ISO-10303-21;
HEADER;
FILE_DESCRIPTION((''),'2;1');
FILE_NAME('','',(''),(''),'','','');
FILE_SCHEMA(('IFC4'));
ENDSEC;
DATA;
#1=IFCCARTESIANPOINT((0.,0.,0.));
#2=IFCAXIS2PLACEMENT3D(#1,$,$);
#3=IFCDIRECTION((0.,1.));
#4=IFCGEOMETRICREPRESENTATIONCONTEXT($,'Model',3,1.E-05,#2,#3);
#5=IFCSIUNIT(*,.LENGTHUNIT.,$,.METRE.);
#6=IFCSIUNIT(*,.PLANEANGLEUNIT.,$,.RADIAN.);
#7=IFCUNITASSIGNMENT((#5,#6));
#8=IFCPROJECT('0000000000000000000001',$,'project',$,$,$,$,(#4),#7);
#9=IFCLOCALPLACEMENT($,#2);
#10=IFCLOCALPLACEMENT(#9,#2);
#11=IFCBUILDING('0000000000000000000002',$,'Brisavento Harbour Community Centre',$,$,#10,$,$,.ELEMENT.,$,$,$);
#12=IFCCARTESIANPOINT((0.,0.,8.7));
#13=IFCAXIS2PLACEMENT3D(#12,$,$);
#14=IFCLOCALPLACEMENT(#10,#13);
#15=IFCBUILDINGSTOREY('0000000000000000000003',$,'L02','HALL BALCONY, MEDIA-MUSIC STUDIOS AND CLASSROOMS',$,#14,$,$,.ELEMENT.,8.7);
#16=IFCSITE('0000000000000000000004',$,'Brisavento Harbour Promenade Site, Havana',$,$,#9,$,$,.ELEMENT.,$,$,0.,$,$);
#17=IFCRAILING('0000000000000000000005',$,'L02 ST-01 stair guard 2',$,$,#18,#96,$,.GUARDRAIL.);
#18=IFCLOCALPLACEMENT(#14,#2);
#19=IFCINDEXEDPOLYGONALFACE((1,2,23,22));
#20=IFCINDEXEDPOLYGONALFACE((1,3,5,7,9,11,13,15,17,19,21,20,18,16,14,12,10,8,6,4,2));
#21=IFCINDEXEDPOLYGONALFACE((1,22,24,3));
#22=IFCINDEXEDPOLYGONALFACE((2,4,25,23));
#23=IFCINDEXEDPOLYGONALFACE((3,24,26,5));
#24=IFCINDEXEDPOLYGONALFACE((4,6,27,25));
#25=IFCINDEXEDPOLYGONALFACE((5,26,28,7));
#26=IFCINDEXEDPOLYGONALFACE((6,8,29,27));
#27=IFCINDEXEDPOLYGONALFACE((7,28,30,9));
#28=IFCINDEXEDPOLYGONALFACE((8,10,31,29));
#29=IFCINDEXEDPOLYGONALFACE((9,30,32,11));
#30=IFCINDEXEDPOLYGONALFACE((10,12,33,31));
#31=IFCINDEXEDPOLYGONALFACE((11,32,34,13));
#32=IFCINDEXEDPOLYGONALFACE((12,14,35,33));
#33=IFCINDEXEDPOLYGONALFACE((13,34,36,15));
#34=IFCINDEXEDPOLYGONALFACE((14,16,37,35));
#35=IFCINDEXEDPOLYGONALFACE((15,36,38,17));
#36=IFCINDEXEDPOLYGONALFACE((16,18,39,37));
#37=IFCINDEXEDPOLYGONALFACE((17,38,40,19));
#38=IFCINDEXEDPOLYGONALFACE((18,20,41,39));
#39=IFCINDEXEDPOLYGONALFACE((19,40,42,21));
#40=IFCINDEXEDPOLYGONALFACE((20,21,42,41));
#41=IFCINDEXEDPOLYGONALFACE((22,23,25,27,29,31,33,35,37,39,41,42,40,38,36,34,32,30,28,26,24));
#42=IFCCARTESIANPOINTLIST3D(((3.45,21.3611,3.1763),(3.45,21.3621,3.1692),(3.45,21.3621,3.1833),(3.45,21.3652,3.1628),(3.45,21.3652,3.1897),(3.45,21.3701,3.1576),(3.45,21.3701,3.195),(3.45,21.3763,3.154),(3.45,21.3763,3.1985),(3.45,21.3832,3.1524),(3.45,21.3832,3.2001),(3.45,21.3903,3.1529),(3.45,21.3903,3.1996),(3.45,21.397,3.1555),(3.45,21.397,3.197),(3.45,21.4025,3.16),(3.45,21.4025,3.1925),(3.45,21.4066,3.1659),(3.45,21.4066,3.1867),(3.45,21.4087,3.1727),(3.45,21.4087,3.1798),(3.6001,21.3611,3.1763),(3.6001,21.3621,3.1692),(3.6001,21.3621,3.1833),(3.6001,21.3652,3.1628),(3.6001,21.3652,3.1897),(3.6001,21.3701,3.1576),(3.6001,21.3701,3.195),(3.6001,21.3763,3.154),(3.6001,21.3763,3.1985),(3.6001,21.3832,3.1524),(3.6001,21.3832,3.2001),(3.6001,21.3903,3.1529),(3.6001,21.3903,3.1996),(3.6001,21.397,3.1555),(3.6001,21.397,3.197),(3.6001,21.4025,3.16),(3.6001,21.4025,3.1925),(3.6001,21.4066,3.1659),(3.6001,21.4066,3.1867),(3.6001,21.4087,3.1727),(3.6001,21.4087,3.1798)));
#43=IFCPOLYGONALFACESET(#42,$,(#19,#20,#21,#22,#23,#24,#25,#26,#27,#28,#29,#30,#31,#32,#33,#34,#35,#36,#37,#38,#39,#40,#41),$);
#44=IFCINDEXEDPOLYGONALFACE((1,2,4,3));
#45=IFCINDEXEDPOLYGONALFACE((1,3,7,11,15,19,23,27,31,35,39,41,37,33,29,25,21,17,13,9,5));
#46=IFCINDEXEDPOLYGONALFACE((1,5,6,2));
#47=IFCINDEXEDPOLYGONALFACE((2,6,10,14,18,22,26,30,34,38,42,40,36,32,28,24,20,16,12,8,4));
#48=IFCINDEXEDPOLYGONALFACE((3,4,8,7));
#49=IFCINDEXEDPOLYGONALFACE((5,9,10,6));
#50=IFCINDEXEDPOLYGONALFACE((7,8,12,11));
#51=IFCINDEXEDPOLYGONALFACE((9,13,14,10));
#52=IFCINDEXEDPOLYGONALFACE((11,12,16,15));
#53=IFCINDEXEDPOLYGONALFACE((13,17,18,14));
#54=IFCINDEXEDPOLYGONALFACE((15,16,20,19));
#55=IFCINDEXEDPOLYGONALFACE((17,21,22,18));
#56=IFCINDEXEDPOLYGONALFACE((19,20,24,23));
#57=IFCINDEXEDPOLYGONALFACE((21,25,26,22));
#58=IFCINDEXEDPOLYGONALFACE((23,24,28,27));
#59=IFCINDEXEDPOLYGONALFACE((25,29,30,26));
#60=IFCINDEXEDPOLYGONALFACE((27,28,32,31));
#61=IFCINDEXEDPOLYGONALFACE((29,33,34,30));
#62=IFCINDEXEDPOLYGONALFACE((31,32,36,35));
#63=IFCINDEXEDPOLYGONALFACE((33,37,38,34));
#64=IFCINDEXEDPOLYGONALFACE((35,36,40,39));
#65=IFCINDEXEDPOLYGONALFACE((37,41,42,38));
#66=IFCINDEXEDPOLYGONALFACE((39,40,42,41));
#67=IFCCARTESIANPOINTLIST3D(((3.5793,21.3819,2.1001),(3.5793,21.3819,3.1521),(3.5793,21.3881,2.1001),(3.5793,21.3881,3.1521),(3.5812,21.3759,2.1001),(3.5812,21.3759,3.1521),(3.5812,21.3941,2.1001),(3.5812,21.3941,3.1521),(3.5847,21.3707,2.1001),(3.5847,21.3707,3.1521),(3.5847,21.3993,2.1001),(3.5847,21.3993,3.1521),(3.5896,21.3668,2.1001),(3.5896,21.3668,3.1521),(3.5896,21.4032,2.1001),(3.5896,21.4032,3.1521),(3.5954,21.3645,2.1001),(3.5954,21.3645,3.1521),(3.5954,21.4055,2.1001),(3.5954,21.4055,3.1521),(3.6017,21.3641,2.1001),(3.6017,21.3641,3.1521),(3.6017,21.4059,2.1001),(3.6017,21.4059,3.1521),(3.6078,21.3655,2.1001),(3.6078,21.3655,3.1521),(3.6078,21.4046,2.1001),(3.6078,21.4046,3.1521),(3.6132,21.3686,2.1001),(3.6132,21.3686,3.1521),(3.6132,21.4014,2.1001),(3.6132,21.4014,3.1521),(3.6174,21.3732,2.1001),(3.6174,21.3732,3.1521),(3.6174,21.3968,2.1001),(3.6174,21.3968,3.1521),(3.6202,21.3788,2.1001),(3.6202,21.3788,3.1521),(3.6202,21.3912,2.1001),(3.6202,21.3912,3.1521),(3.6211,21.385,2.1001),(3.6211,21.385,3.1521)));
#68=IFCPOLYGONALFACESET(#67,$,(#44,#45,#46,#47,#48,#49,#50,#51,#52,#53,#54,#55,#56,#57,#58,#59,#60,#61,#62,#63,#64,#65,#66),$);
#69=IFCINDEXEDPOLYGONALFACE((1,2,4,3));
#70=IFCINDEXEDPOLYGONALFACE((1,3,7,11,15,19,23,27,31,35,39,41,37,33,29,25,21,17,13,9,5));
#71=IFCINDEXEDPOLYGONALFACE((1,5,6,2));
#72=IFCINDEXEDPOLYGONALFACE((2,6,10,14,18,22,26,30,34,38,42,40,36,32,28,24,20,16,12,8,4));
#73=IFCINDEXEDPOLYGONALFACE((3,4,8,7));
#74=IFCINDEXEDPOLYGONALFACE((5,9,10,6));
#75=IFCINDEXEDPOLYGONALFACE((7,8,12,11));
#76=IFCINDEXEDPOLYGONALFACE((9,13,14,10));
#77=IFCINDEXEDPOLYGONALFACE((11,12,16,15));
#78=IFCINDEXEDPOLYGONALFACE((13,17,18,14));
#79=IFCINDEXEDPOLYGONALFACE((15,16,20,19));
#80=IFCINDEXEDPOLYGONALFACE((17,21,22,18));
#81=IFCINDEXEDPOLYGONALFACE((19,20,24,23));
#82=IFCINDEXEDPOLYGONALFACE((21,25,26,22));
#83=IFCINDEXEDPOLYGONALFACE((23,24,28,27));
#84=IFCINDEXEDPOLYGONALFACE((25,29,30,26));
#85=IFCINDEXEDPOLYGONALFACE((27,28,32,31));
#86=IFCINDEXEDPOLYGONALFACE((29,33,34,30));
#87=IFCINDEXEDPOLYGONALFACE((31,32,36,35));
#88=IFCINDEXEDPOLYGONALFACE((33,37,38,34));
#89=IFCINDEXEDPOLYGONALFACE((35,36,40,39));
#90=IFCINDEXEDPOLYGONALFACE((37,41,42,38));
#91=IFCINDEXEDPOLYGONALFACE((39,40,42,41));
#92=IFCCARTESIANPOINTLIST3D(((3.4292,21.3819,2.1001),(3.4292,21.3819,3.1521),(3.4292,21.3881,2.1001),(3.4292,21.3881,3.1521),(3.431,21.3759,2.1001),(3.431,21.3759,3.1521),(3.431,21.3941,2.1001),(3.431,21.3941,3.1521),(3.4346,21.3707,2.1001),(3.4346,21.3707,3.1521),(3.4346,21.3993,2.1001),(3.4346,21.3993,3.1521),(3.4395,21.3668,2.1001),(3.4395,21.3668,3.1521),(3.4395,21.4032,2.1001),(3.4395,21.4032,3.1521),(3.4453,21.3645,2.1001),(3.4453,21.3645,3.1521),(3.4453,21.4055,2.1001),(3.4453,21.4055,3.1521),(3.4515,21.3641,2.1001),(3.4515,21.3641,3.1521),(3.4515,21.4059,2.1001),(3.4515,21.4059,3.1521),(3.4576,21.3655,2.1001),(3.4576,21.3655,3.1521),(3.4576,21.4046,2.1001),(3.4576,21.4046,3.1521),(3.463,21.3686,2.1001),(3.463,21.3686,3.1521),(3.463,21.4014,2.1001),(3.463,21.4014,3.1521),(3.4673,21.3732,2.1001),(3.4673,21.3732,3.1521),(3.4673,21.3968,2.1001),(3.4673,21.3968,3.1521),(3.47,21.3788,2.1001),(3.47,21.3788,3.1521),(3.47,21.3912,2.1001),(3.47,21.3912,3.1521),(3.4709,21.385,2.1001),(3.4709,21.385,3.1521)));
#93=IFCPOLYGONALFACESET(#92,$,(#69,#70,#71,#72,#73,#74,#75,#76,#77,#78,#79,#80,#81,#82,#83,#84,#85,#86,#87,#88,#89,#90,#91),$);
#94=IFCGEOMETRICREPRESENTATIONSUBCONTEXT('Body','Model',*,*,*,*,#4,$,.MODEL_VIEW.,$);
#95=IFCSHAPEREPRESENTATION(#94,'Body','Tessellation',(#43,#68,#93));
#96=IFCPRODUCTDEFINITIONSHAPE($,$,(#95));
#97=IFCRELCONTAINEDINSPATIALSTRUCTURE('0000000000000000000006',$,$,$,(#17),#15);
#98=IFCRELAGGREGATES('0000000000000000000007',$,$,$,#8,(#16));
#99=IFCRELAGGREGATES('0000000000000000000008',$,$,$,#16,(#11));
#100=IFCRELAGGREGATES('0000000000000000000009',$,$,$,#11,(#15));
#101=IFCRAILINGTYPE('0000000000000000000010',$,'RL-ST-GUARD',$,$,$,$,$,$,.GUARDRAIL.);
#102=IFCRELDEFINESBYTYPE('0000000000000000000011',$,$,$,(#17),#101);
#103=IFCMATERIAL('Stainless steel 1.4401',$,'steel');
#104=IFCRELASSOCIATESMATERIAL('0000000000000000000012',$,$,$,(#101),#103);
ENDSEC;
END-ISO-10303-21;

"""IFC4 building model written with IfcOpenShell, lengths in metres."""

from ifc_helpers import new_model, si_unit, direction, frame, origin, origin_2d, place, context, subcontext, project, spatial, circle, extrude, material, type_object, element, save


model = new_model("IFC4")

# Units and contexts
model_context = context("Model", 3, precision=1e-05, world=origin(), true_north=direction((0.0, 1.0)))
body_context = subcontext(model_context, "Body", "Model", "MODEL_VIEW")
ifc_project = project(units=[si_unit("LENGTHUNIT", "METRE"), si_unit("PLANEANGLEUNIT", "RADIAN")], contexts=[model_context])

# Site, building, storey
site_placement = place(None, origin())
site = spatial("IfcSite", under=ifc_project, at=site_placement, Name="Brisavento Harbour Promenade Site, Havana", CompositionType="ELEMENT", RefElevation=0.0)
building_placement = place(site_placement, origin())
building = spatial("IfcBuilding", under=site, at=building_placement, Name="Brisavento Harbour Community Centre", CompositionType="ELEMENT")
storey_placement = place(building_placement, frame((0.0, 0.0, 8.7)))
storey = spatial("IfcBuildingStorey", under=building, at=storey_placement, Name="L02", Description="HALL BALCONY, MEDIA-MUSIC STUDIOS AND CLASSROOMS", CompositionType="ELEMENT", Elevation=8.7)

# Railing
ifc_material_1 = material(Name="Stainless steel 1.4401", Category="steel")
railing_type_1 = type_object("IfcRailingType", Name="RL-ST-GUARD", PredefinedType="GUARDRAIL", material=ifc_material_1)
railing_1_placement = place(storey_placement, frame((3.6001, 21.385, 2.1001)))
element("IfcRailing", 1, at=railing_1_placement, inside=storey, type_object=railing_type_1, Name="L02 ST-01 stair guard 2", PredefinedType="GUARDRAIL", context=body_context, shape_type="SweptSolid", body=[
    extrude(circle(Radius=0.0239, at=origin_2d()), frame((0.0, 0.0, 1.0762), z_axis=(-1.0, 0.0, 0.0), x_axis=(0.0, -1.0, 0.0)), (0.0, 0.0, 1.0), 0.1501),
    extrude(circle(Radius=0.021, at=origin_2d()), origin(), (0.0, 0.0, 1.0), 1.052),
    extrude(circle(Radius=0.021, at=origin_2d()), frame((-0.1501, 0.0, 0.0)), (0.0, 0.0, 1.0), 1.052),
])

save(model, "model.ifc")
